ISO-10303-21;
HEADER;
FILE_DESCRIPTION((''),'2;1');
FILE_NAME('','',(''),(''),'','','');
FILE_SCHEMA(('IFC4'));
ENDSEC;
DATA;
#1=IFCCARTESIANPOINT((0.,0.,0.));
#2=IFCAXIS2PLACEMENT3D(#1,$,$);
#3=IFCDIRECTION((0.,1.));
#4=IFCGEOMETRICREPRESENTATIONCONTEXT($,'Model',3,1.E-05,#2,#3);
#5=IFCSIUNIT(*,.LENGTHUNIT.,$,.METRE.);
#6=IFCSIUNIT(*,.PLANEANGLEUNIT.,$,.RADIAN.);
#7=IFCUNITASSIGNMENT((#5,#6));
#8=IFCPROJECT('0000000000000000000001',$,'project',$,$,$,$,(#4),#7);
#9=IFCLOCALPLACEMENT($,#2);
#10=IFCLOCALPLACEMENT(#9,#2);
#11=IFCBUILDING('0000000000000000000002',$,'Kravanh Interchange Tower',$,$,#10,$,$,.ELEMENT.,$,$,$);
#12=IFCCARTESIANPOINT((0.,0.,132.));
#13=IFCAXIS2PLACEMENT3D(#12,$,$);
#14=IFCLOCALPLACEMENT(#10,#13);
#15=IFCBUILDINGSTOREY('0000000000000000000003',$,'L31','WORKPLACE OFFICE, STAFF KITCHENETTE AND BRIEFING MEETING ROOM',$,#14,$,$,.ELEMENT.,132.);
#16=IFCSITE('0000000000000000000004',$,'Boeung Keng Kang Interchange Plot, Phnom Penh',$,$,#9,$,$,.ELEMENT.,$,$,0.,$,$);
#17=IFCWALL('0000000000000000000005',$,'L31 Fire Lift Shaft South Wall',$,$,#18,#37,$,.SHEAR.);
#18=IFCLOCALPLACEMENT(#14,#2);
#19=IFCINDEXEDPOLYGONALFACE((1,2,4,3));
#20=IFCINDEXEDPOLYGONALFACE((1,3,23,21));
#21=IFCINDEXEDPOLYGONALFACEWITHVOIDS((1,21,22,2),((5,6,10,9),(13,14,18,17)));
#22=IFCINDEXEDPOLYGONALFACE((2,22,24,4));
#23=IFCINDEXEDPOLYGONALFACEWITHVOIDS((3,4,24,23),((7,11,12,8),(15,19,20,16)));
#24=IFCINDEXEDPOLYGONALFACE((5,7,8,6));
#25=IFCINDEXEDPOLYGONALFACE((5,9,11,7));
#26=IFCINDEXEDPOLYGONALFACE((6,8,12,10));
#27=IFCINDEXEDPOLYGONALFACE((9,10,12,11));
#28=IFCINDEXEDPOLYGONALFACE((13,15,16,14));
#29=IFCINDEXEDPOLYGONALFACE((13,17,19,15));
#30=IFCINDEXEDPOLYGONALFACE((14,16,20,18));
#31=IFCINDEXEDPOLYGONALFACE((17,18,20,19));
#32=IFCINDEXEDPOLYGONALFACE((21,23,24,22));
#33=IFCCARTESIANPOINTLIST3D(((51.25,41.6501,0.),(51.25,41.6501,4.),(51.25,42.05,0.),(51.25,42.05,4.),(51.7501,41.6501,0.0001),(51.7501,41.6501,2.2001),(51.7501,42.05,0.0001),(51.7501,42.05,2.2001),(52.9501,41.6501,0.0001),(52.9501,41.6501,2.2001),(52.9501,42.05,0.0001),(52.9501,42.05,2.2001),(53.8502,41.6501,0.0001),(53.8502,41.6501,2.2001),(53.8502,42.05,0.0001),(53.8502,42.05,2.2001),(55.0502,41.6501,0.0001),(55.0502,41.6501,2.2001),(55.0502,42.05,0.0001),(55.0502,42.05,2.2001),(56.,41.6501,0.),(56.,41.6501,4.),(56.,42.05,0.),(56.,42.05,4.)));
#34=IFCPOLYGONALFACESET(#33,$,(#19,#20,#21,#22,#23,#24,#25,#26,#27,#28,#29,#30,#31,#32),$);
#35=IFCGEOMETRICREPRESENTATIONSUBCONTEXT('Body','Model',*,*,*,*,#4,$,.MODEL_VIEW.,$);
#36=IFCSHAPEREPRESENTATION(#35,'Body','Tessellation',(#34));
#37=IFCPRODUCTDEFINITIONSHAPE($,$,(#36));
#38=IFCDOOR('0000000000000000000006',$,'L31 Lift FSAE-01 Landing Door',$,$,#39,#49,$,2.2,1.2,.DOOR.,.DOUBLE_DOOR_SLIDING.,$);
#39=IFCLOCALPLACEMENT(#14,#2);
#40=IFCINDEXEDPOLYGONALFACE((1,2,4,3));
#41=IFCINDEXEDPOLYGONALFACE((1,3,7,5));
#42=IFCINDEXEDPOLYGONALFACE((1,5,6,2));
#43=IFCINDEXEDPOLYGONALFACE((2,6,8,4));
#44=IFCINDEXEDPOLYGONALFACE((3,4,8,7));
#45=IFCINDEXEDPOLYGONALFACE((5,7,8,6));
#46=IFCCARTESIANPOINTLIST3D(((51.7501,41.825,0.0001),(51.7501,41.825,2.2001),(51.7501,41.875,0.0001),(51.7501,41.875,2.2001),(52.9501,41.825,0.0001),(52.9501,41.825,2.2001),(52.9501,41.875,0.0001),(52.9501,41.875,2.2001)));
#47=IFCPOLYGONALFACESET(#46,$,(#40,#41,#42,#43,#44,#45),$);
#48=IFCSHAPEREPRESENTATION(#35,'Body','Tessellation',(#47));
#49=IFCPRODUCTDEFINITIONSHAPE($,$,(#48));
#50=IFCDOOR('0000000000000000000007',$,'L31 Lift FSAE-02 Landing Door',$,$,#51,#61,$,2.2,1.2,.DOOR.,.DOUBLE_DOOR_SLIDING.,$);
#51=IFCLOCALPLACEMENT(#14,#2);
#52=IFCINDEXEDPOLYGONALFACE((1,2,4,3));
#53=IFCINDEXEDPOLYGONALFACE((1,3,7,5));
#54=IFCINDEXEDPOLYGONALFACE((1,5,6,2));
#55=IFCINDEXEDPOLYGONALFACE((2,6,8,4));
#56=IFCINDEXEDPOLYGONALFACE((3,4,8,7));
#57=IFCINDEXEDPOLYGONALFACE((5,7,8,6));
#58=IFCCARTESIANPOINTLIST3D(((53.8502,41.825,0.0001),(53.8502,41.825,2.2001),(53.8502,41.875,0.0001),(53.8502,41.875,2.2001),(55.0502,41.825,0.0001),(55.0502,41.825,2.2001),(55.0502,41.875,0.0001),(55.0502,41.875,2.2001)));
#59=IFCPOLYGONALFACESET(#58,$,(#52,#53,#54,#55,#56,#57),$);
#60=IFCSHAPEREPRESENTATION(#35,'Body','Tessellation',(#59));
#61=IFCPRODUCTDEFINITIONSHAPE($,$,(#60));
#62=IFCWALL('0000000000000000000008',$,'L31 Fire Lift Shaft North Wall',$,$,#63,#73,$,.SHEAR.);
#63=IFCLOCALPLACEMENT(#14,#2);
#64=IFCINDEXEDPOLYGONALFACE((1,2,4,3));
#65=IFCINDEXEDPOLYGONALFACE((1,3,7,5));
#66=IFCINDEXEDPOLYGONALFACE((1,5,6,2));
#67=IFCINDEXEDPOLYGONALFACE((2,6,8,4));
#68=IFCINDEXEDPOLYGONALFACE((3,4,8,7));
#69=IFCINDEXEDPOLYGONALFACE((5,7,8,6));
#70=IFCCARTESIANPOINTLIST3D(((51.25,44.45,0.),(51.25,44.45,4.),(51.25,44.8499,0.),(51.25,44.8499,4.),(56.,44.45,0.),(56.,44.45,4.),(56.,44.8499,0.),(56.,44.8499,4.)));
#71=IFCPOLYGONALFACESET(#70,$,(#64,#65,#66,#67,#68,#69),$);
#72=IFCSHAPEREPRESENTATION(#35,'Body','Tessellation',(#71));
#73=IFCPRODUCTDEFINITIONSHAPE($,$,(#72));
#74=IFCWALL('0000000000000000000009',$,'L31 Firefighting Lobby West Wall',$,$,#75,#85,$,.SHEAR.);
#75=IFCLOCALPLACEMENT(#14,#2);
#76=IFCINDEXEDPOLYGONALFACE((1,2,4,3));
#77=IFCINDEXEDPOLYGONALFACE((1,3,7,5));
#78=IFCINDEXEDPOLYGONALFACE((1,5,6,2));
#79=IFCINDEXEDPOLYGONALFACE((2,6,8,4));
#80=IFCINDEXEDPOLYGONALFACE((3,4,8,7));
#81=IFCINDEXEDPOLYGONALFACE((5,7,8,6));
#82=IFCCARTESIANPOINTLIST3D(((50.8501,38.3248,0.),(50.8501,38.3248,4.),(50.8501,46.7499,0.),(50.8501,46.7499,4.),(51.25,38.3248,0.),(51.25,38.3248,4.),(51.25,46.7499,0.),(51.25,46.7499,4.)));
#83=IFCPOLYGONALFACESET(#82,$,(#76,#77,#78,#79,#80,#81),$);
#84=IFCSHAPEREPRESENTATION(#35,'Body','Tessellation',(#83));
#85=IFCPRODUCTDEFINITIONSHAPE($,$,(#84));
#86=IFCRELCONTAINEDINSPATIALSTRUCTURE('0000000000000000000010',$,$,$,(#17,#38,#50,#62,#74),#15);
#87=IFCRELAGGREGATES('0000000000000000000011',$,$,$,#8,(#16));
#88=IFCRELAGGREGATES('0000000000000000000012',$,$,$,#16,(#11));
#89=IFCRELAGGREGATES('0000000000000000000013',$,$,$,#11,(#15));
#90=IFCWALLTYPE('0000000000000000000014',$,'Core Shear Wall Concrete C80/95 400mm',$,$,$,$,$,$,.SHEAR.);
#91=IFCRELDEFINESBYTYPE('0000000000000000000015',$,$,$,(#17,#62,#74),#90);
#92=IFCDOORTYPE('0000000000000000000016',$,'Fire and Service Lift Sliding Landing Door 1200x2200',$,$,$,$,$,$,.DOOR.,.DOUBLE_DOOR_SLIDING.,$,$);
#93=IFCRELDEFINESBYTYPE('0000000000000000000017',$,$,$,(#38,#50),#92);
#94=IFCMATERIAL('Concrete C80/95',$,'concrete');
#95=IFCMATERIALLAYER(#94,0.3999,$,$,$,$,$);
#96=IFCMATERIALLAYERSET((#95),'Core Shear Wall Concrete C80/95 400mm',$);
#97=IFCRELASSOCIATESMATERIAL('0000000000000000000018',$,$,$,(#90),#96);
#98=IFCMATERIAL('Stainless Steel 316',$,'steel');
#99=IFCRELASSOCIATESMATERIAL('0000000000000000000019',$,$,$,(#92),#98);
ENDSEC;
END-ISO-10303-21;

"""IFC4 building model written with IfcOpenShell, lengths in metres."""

from ifc_helpers import new_model, si_unit, direction, frame, frame_2d, origin, place, context, subcontext, project, spatial, rectangle, extrude, material, layer, layer_set, type_object, element, fill, save


model = new_model("IFC4")

# Units and contexts
model_context = context("Model", 3, precision=1e-05, world=origin(), true_north=direction((0.0, 1.0)))
body_context = subcontext(model_context, "Body", "Model", "MODEL_VIEW")
ifc_project = project(units=[si_unit("LENGTHUNIT", "METRE"), si_unit("PLANEANGLEUNIT", "RADIAN")], contexts=[model_context])

# Site, building, storey
site_placement = place(None, origin())
site = spatial("IfcSite", under=ifc_project, at=site_placement, Name="Boeung Keng Kang Interchange Plot, Phnom Penh", CompositionType="ELEMENT", RefElevation=0.0)
building_placement = place(site_placement, origin())
building = spatial("IfcBuilding", under=site, at=building_placement, Name="Kravanh Interchange Tower", CompositionType="ELEMENT")
storey_placement = place(building_placement, frame((0.0, 0.0, 132.0)))
storey = spatial("IfcBuildingStorey", under=building, at=storey_placement, Name="L31", Description="WORKPLACE OFFICE, STAFF KITCHENETTE AND BRIEFING MEETING ROOM", CompositionType="ELEMENT", Elevation=132.0)

# Wall, openings, doors
ifc_material_1 = material(Name="Concrete C80/95", Category="concrete")
ifc_layer_1 = layer(ifc_material_1, 0.3999)
ifc_layer_set_1 = layer_set([ifc_layer_1], Name="Core Shear Wall Concrete C80/95 400mm")
wall_type_1 = type_object("IfcWallType", Name="Core Shear Wall Concrete C80/95 400mm", PredefinedType="SHEAR", material=ifc_layer_set_1)
wall_1_placement = place(storey_placement, frame((51.25, 41.8501, 0.0), z_axis=(0.0, 0.0, 1.0), x_axis=(1.0, 0.0, 0.0)))
wall_1 = element("IfcWall", 1, at=wall_1_placement, inside=storey, type_object=wall_type_1, Name="L31 Fire Lift Shaft South Wall", PredefinedType="SHEAR", context=body_context, shape_type="SweptSolid", body=[
    extrude(rectangle(XDim=4.75, YDim=0.3999, at=frame_2d((2.375, 0.0))), origin(), (0.0, 0.0, 1.0), 4.0),
])
opening_1_placement = place(wall_1_placement, frame((0.5, 0.0, 0.0)))
opening_1 = element("IfcOpeningElement", 2, at=opening_1_placement, cuts=wall_1, PredefinedType="OPENING", context=body_context, shape_type="SweptSolid", body=[
    extrude(rectangle(XDim=1.2, YDim=2.2, at=frame_2d((0.6001, 1.1001))), frame((0.0, 0.21, 0.0), z_axis=(0.0, -1.0, 0.0), x_axis=(1.0, 0.0, 0.0)), (0.0, 0.0, 1.0), 0.4199),
])
opening_2_placement = place(wall_1_placement, frame((2.6001, 0.0, 0.0)))
opening_2 = element("IfcOpeningElement", 3, at=opening_2_placement, cuts=wall_1, PredefinedType="OPENING", context=body_context, shape_type="SweptSolid", body=[
    extrude(rectangle(XDim=1.2, YDim=2.2, at=frame_2d((0.6001, 1.1001))), frame((0.0, 0.21, 0.0), z_axis=(0.0, -1.0, 0.0), x_axis=(1.0, 0.0, 0.0)), (0.0, 0.0, 1.0), 0.4199),
])
ifc_material_2 = material(Name="Stainless Steel 316", Category="steel")
door_type_1 = type_object("IfcDoorType", Name="Fire and Service Lift Sliding Landing Door 1200x2200", OperationType="DOUBLE_DOOR_SLIDING", PredefinedType="DOOR", material=ifc_material_2)
door_1_placement = place(opening_1_placement, origin())
door_1 = element("IfcDoor", 4, at=door_1_placement, inside=storey, type_object=door_type_1, Name="L31 Lift FSAE-01 Landing Door", OperationType="DOUBLE_DOOR_SLIDING", OverallHeight=2.2, OverallWidth=1.2, PredefinedType="DOOR", context=body_context, shape_type="SweptSolid", body=[
    extrude(rectangle(XDim=1.2, YDim=2.2, at=frame_2d((0.6001, 1.1001))), frame((0.0, 0.0249, 0.0), z_axis=(0.0, -1.0, 0.0), x_axis=(1.0, 0.0, 0.0)), (0.0, 0.0, 1.0), 0.05),
])
fill(opening_1, door_1)
door_2_placement = place(opening_2_placement, origin())
door_2 = element("IfcDoor", 5, at=door_2_placement, inside=storey, type_object=door_type_1, Name="L31 Lift FSAE-02 Landing Door", OperationType="DOUBLE_DOOR_SLIDING", OverallHeight=2.2, OverallWidth=1.2, PredefinedType="DOOR", context=body_context, shape_type="SweptSolid", body=[
    extrude(rectangle(XDim=1.2, YDim=2.2, at=frame_2d((0.6001, 1.1001))), frame((0.0, 0.0249, 0.0), z_axis=(0.0, -1.0, 0.0), x_axis=(1.0, 0.0, 0.0)), (0.0, 0.0, 1.0), 0.05),
])
fill(opening_2, door_2)

# Walls
wall_2_placement = place(storey_placement, frame((51.25, 44.6499, 0.0), z_axis=(0.0, 0.0, 1.0), x_axis=(1.0, 0.0, 0.0)))
element("IfcWall", 6, at=wall_2_placement, inside=storey, type_object=wall_type_1, Name="L31 Fire Lift Shaft North Wall", PredefinedType="SHEAR", context=body_context, shape_type="SweptSolid", body=[
    extrude(rectangle(XDim=4.75, YDim=0.3999, at=frame_2d((2.375, 0.0))), origin(), (0.0, 0.0, 1.0), 4.0),
])
wall_3_placement = place(storey_placement, frame((51.05, 38.325, 0.0), z_axis=(0.0, 0.0, 1.0), x_axis=(0.0, 1.0, 0.0)))
element("IfcWall", 7, at=wall_3_placement, inside=storey, type_object=wall_type_1, Name="L31 Firefighting Lobby West Wall", PredefinedType="SHEAR", context=body_context, shape_type="SweptSolid", body=[
    extrude(rectangle(XDim=8.425, YDim=0.3999, at=frame_2d((4.2124, 0.0))), origin(), (0.0, 0.0, 1.0), 4.0),
])

save(model, "model.ifc")
